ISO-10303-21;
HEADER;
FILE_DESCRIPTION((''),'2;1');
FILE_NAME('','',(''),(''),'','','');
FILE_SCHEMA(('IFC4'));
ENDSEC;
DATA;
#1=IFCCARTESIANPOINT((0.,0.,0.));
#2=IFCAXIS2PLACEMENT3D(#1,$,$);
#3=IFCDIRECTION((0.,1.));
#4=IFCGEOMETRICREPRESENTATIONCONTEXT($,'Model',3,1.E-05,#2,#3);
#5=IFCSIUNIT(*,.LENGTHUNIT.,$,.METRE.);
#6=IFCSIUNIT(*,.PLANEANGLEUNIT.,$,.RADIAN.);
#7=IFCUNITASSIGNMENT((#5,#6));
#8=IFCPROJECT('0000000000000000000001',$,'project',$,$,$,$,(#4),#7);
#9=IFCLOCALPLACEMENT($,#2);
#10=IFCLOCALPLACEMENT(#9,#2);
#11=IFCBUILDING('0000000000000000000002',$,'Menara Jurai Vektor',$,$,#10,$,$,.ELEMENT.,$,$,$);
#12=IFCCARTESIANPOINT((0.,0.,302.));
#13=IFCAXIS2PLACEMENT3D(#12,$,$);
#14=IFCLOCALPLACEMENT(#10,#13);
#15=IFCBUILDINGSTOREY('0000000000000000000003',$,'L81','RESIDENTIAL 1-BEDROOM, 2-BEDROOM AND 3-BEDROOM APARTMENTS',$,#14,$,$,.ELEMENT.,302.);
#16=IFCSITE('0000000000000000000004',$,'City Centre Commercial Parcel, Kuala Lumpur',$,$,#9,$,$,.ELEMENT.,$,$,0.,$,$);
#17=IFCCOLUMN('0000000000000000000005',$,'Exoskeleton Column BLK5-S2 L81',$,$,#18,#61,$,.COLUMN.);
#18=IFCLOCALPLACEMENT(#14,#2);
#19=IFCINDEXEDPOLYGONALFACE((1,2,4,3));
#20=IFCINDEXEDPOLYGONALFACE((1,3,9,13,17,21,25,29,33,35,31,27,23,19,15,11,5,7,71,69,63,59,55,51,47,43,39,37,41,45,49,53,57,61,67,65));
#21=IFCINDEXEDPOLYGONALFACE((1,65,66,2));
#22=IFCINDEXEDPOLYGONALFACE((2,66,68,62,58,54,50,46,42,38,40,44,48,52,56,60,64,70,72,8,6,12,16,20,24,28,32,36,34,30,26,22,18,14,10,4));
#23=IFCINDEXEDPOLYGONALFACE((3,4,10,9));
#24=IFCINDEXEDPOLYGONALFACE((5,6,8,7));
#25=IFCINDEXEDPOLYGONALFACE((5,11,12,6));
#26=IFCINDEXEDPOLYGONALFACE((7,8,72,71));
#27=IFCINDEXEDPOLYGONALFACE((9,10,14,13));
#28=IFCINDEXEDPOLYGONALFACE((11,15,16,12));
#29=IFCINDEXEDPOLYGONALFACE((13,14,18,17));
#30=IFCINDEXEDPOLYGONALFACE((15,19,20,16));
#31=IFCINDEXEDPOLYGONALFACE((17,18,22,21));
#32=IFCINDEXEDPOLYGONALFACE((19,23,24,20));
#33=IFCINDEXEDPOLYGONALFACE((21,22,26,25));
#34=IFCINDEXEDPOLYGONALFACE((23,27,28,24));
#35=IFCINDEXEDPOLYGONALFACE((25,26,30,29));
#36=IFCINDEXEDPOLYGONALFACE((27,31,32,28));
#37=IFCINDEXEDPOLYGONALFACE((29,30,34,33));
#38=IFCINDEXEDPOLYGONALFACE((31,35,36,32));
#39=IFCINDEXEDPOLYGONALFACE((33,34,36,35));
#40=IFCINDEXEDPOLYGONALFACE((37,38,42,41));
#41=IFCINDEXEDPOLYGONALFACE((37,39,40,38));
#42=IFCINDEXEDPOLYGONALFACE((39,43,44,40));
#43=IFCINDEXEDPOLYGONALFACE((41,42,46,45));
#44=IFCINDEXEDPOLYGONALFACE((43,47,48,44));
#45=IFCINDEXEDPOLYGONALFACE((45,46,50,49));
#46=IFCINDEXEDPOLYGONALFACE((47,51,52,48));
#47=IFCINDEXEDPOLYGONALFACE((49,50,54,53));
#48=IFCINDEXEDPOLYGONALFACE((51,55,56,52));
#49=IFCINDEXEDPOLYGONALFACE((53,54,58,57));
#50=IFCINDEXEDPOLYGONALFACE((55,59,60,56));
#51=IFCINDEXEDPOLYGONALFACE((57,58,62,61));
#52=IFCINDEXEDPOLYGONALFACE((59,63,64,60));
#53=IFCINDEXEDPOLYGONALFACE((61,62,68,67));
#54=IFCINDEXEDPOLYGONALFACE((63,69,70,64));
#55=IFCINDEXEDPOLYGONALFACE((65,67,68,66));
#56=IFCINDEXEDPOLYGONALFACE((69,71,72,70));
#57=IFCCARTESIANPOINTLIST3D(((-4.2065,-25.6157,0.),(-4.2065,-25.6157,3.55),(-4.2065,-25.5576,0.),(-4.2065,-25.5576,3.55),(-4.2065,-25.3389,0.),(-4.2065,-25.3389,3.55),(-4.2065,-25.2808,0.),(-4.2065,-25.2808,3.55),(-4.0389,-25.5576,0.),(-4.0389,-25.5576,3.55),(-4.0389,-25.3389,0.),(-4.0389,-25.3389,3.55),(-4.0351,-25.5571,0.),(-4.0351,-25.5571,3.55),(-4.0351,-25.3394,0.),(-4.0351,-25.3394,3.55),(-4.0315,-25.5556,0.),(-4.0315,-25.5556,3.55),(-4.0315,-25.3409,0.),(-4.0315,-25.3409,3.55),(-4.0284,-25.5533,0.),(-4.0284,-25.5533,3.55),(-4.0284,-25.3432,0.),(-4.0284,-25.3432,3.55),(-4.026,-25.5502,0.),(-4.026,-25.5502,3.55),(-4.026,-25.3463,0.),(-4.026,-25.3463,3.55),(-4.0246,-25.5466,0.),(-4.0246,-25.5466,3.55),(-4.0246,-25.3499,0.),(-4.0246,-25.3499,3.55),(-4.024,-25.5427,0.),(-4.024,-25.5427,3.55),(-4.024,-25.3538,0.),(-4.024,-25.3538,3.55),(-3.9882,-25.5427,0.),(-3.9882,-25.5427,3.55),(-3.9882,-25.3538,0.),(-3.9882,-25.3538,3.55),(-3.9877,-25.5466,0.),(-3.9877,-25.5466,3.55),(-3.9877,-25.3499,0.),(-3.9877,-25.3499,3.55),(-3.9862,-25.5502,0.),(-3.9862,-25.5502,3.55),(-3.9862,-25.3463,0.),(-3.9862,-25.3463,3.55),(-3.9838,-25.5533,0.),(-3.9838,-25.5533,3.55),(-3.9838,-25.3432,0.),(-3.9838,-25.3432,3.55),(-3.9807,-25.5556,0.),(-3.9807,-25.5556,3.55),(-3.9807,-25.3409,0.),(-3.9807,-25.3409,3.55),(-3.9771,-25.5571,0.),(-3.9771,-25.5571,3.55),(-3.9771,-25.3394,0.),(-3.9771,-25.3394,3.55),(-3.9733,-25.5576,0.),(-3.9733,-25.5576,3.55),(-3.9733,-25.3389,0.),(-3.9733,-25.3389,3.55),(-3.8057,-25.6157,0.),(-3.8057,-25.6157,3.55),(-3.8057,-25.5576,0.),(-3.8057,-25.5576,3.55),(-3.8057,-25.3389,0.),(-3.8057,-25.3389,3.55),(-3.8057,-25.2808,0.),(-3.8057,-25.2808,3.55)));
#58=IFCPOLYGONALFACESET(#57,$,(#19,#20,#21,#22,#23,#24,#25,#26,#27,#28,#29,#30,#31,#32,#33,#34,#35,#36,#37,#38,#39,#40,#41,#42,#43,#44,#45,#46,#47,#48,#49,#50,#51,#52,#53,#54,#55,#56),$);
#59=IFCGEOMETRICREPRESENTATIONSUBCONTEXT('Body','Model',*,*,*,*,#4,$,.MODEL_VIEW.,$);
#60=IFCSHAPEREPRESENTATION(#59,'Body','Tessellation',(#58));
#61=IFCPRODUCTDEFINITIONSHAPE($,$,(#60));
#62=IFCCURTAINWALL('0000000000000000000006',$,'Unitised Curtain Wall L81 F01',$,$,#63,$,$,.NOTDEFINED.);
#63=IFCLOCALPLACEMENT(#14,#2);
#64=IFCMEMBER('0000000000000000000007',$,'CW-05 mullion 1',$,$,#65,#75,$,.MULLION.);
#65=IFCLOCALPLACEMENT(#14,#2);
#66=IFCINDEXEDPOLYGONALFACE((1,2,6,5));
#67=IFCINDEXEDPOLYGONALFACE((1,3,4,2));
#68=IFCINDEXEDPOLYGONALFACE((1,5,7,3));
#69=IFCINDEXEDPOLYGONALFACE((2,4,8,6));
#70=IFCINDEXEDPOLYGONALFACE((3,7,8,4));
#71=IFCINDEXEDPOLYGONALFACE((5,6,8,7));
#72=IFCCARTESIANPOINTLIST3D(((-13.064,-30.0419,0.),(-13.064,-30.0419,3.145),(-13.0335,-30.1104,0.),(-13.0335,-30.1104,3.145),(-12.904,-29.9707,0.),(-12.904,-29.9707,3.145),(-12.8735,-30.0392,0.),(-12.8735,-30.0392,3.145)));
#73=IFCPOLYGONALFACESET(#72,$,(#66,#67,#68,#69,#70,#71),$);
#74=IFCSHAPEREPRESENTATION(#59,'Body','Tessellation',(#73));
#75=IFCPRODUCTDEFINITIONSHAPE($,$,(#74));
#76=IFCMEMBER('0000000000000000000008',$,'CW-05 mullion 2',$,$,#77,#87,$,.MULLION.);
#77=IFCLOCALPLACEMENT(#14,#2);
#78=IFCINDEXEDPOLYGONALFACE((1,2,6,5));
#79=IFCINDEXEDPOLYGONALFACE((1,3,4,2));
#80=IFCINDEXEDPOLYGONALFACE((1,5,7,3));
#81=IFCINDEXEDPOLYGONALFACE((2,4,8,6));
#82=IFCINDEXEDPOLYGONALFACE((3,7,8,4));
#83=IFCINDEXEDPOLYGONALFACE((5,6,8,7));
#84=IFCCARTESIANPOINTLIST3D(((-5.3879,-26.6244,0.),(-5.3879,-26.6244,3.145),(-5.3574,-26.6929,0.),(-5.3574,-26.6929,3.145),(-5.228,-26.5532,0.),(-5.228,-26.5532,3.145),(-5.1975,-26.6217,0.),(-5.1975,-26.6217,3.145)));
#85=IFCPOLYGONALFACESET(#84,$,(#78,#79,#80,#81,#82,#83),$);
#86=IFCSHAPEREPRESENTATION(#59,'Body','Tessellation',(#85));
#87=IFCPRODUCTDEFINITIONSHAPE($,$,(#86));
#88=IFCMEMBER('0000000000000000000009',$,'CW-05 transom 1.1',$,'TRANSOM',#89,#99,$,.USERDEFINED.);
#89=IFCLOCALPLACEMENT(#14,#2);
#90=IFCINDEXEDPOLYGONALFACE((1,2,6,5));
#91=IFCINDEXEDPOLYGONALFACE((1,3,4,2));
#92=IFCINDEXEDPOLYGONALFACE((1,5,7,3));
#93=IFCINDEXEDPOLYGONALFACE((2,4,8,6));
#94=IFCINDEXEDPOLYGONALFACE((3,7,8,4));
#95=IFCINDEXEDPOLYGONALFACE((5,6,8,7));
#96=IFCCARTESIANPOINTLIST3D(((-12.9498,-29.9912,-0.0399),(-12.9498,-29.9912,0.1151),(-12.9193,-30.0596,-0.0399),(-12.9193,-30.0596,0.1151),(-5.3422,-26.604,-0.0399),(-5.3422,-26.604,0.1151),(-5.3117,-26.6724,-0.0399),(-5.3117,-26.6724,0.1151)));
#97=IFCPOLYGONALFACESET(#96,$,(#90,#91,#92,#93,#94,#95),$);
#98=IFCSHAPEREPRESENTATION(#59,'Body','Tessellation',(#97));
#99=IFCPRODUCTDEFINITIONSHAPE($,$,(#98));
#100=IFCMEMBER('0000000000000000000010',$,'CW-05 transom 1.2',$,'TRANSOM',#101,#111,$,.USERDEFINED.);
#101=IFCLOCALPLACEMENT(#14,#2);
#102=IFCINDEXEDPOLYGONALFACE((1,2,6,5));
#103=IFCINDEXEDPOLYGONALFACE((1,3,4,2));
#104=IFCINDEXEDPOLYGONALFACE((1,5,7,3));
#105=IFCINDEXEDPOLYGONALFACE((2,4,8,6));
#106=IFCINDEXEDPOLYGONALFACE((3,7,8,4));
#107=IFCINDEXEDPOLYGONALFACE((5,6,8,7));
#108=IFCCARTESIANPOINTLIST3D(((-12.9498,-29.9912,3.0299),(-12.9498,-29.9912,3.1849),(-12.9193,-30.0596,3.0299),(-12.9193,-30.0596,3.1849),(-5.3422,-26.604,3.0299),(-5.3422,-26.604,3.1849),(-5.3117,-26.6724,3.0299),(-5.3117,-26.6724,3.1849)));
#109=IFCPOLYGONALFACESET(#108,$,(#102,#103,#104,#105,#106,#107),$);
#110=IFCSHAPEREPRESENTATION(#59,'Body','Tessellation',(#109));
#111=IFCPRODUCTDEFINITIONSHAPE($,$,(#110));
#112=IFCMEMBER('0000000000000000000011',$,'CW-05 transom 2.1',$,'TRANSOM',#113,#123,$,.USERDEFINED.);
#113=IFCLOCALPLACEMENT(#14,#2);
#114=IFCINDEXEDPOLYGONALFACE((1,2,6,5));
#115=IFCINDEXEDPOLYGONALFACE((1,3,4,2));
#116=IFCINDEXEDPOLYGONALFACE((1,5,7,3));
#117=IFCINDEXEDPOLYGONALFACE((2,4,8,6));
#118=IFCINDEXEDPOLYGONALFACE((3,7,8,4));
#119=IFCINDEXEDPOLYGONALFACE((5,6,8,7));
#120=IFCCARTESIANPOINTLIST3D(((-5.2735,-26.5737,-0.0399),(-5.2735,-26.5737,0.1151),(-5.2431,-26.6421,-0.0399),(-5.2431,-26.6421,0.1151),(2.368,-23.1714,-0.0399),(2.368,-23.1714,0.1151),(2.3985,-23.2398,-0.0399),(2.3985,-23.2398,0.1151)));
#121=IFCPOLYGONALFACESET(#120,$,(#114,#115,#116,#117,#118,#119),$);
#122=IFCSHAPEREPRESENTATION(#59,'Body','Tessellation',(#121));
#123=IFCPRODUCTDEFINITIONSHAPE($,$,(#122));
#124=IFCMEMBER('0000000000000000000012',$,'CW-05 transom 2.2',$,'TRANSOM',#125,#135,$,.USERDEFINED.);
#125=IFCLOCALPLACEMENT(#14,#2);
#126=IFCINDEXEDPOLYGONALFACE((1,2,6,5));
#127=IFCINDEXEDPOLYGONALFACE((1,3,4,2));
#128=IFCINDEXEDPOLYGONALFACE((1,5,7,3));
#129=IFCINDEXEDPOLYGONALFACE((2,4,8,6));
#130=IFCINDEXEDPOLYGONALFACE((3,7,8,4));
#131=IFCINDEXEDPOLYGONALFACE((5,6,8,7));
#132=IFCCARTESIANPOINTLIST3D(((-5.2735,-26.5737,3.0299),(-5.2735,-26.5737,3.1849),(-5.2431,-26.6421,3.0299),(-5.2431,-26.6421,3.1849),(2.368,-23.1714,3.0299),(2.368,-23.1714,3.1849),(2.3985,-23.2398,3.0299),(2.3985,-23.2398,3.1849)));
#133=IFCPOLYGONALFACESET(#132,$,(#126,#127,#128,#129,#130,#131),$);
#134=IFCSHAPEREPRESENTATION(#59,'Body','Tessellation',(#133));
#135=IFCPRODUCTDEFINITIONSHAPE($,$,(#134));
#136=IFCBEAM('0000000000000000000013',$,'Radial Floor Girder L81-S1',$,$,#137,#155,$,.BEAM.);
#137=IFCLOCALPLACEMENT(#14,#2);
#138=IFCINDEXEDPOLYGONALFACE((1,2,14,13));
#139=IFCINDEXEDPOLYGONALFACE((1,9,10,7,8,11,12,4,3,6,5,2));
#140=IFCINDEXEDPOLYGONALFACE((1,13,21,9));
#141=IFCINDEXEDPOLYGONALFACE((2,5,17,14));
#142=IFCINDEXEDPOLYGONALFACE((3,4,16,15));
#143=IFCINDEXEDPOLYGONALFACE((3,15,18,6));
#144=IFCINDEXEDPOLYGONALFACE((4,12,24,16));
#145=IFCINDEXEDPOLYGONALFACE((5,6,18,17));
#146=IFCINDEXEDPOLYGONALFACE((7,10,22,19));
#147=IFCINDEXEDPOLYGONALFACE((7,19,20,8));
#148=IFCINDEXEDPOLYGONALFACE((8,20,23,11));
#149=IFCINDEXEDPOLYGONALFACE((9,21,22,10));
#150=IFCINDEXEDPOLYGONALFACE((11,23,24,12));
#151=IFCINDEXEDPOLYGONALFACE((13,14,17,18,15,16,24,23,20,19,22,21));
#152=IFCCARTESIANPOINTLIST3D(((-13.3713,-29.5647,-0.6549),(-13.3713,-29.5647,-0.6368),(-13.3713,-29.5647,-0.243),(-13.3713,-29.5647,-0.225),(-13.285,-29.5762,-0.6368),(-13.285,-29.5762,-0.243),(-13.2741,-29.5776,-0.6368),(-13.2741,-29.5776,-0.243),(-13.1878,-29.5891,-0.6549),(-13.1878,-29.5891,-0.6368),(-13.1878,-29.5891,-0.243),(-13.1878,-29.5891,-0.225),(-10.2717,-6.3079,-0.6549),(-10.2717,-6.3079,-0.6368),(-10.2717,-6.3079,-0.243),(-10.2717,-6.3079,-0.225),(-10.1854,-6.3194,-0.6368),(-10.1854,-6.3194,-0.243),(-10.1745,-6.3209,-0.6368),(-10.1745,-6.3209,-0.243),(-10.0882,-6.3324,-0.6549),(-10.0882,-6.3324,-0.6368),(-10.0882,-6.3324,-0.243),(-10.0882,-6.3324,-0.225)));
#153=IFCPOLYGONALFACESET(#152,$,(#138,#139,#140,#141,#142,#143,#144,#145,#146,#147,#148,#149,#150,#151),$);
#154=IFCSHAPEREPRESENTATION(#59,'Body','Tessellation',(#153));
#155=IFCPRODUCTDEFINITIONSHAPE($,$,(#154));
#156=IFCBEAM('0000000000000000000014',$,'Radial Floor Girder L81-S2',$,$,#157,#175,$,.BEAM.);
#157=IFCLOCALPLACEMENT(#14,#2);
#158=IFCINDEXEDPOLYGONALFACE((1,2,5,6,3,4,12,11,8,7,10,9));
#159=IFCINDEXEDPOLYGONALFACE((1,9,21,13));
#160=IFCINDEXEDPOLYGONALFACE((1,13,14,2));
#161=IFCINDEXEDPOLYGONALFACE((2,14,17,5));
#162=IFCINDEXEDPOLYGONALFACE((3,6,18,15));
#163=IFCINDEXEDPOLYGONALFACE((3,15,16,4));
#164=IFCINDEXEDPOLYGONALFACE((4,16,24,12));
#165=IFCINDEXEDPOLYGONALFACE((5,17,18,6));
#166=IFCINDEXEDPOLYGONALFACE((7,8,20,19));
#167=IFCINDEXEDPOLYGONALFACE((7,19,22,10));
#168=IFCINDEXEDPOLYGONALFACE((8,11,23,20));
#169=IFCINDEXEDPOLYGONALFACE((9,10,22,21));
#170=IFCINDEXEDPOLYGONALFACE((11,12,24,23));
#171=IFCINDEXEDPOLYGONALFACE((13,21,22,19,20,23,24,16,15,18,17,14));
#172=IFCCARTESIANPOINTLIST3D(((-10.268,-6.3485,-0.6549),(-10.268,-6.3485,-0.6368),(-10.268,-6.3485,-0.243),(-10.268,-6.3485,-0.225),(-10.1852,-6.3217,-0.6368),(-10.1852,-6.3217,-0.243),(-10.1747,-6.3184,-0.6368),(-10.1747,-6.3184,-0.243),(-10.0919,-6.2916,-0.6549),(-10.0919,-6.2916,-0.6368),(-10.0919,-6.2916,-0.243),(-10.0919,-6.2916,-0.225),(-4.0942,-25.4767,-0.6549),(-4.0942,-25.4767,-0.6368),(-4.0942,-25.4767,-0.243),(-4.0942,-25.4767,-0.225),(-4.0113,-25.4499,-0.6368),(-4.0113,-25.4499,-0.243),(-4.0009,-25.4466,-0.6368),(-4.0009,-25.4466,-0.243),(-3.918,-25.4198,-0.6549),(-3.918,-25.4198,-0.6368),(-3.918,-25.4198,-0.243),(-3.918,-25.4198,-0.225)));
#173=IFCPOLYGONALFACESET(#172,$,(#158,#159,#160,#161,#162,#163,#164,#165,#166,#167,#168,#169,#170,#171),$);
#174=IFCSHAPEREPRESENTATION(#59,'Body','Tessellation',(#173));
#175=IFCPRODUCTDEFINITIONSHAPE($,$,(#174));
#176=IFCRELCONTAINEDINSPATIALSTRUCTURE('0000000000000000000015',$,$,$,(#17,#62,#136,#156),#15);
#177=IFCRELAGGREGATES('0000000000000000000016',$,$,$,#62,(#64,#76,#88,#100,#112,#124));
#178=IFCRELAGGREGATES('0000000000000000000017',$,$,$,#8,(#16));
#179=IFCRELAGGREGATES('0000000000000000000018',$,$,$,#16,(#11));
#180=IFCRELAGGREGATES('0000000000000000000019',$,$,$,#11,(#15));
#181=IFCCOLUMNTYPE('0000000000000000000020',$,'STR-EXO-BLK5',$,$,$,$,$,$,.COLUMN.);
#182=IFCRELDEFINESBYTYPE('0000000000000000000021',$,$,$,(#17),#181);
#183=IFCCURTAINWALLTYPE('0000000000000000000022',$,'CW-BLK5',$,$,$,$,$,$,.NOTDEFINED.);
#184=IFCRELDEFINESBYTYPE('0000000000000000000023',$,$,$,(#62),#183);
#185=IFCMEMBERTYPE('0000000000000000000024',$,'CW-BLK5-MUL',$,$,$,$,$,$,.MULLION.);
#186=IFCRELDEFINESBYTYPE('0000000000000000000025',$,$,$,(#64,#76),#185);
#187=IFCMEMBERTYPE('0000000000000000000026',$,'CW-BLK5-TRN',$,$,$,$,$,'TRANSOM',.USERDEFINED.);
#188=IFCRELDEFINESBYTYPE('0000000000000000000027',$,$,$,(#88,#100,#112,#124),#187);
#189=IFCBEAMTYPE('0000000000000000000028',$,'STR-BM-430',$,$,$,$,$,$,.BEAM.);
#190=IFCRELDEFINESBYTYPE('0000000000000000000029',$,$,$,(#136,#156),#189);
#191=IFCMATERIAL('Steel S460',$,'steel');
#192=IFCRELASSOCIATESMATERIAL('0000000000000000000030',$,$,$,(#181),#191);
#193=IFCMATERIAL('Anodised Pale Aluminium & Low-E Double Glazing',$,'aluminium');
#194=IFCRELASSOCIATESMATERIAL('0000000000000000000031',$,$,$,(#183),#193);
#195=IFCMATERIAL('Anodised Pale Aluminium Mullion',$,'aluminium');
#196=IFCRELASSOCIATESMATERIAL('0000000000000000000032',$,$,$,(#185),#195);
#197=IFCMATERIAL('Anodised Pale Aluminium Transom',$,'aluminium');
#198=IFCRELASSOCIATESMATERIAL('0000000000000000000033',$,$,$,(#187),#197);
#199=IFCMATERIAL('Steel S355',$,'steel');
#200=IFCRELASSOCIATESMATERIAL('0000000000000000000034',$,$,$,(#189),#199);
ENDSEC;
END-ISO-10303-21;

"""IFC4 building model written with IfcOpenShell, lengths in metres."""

from ifc_helpers import new_model, si_unit, direction, frame, origin, origin_2d, place, context, subcontext, project, spatial, rectangle, i_section, extrude, material, material_profile, profile_set, type_object, element, aggregate, save


model = new_model("IFC4")

# Units and contexts
model_context = context("Model", 3, precision=1e-05, world=origin(), true_north=direction((0.0, 1.0)))
body_context = subcontext(model_context, "Body", "Model", "MODEL_VIEW")
ifc_project = project(units=[si_unit("LENGTHUNIT", "METRE"), si_unit("PLANEANGLEUNIT", "RADIAN")], contexts=[model_context])

# Site, building, storey
site_placement = place(None, origin())
site = spatial("IfcSite", under=ifc_project, at=site_placement, Name="City Centre Commercial Parcel, Kuala Lumpur", CompositionType="ELEMENT", RefElevation=0.0)
building_placement = place(site_placement, origin())
building = spatial("IfcBuilding", under=site, at=building_placement, Name="Menara Jurai Vektor", CompositionType="ELEMENT")
storey_placement = place(building_placement, frame((0.0, 0.0, 302.0)))
storey = spatial("IfcBuildingStorey", under=building, at=storey_placement, Name="L81", Description="RESIDENTIAL 1-BEDROOM, 2-BEDROOM AND 3-BEDROOM APARTMENTS", CompositionType="ELEMENT", Elevation=302.0)

# Column
ifc_material_1 = material(Name="Steel S460", Category="steel")
ifc_material_profile_1 = material_profile(ifc_material_1, i_section(OverallWidth=0.4009, OverallDepth=0.335, WebThickness=0.0359, FlangeThickness=0.0581, FilletRadius=0.0149, at=origin_2d()), Name="HD 400x463")
ifc_profile_set_1 = profile_set([ifc_material_profile_1], Name="Steel S460")
column_type = type_object("IfcColumnType", Name="STR-EXO-BLK5", PredefinedType="COLUMN", material=ifc_profile_set_1)
column_placement = place(storey_placement, frame((-4.0061, -25.4482, 0.0), z_axis=(0.0, 0.0, 1.0), x_axis=(1.0, 0.0, 0.0)))
element("IfcColumn", 1, at=column_placement, inside=storey, type_object=column_type, Name="Exoskeleton Column BLK5-S2 L81", PredefinedType="COLUMN", context=body_context, shape_type="SweptSolid", body=[
    extrude(i_section(OverallWidth=0.4009, OverallDepth=0.335, WebThickness=0.0359, FlangeThickness=0.0581, FilletRadius=0.0149, at=origin_2d()), origin(), (0.0, 0.0, 1.0), 3.55),
])

# Curtain wall, members
ifc_material_2 = material(Name="Anodised Pale Aluminium & Low-E Double Glazing", Category="aluminium")
curtain_wall_type = type_object("IfcCurtainWallType", Name="CW-BLK5", PredefinedType="NOTDEFINED", material=ifc_material_2)
curtain_wall_placement = place(storey_placement, origin())
curtain_wall = element("IfcCurtainWall", 2, at=curtain_wall_placement, inside=storey, type_object=curtain_wall_type, Name="Unitised Curtain Wall L81 F01", PredefinedType="NOTDEFINED")
ifc_material_3 = material(Name="Anodised Pale Aluminium Mullion", Category="aluminium")
ifc_material_profile_2 = material_profile(ifc_material_3, rectangle(XDim=0.075, YDim=0.175, at=origin_2d()), Name="ALU MUL 75x175")
ifc_profile_set_2 = profile_set([ifc_material_profile_2], Name="Anodised Pale Aluminium Mullion")
member_type_1 = type_object("IfcMemberType", Name="CW-BLK5-MUL", PredefinedType="MULLION", material=ifc_profile_set_2)
member_1_placement = place(storey_placement, frame((-12.9688, -30.0405, 0.0), z_axis=(0.0, 0.0, 1.0), x_axis=(-0.406735, 0.913546, 0.0)))
member_1 = element("IfcMember", 3, at=member_1_placement, type_object=member_type_1, Name="CW-05 mullion 1", PredefinedType="MULLION", context=body_context, shape_type="SweptSolid", body=[
    extrude(rectangle(XDim=0.075, YDim=0.175, at=origin_2d()), origin(), (0.0, 0.0, 1.0), 3.145),
])
member_2_placement = place(storey_placement, frame((-5.2927, -26.623, 0.0), z_axis=(0.0, 0.0, 1.0), x_axis=(-0.406735, 0.913546, 0.0)))
member_2 = element("IfcMember", 4, at=member_2_placement, type_object=member_type_1, Name="CW-05 mullion 2", PredefinedType="MULLION", context=body_context, shape_type="SweptSolid", body=[
    extrude(rectangle(XDim=0.075, YDim=0.175, at=origin_2d()), origin(), (0.0, 0.0, 1.0), 3.145),
])
ifc_material_4 = material(Name="Anodised Pale Aluminium Transom", Category="aluminium")
ifc_material_profile_3 = material_profile(ifc_material_4, rectangle(XDim=0.075, YDim=0.155, at=origin_2d()), Name="ALU TRN 75x155")
ifc_profile_set_3 = profile_set([ifc_material_profile_3], Name="Anodised Pale Aluminium Transom")
member_type_2 = type_object("IfcMemberType", Name="CW-BLK5-TRN", ElementType="TRANSOM", PredefinedType="USERDEFINED", material=ifc_profile_set_3)
member_3_placement = place(storey_placement, frame((-12.9346, -30.0254, 0.0376), z_axis=(0.913543, 0.406742, 0.0), x_axis=(-0.406742, 0.913543, 0.0)))
member_3 = element("IfcMember", 5, at=member_3_placement, type_object=member_type_2, Name="CW-05 transom 1.1", ObjectType="TRANSOM", PredefinedType="USERDEFINED", context=body_context, shape_type="SweptSolid", body=[
    extrude(rectangle(XDim=0.075, YDim=0.155, at=origin_2d()), origin(), (0.0, 0.0, 1.0), 8.3276),
])
member_4_placement = place(storey_placement, frame((-12.9346, -30.0254, 3.1074), z_axis=(0.913543, 0.406742, 0.0), x_axis=(-0.406742, 0.913543, 0.0)))
member_4 = element("IfcMember", 6, at=member_4_placement, type_object=member_type_2, Name="CW-05 transom 1.2", ObjectType="TRANSOM", PredefinedType="USERDEFINED", context=body_context, shape_type="SweptSolid", body=[
    extrude(rectangle(XDim=0.075, YDim=0.155, at=origin_2d()), origin(), (0.0, 0.0, 1.0), 8.3276),
])
member_5_placement = place(storey_placement, frame((-5.2583, -26.6079, 0.0376), z_axis=(0.913542, 0.406745, 0.0), x_axis=(-0.406745, 0.913542, 0.0)))
member_5 = element("IfcMember", 7, at=member_5_placement, type_object=member_type_2, Name="CW-05 transom 2.1", ObjectType="TRANSOM", PredefinedType="USERDEFINED", context=body_context, shape_type="SweptSolid", body=[
    extrude(rectangle(XDim=0.075, YDim=0.155, at=origin_2d()), origin(), (0.0, 0.0, 1.0), 8.3647),
])
member_6_placement = place(storey_placement, frame((-5.2583, -26.6079, 3.1074), z_axis=(0.913542, 0.406745, 0.0), x_axis=(-0.406745, 0.913542, 0.0)))
member_6 = element("IfcMember", 8, at=member_6_placement, type_object=member_type_2, Name="CW-05 transom 2.2", ObjectType="TRANSOM", PredefinedType="USERDEFINED", context=body_context, shape_type="SweptSolid", body=[
    extrude(rectangle(XDim=0.075, YDim=0.155, at=origin_2d()), origin(), (0.0, 0.0, 1.0), 8.3647),
])

# Beams
ifc_material_5 = material(Name="Steel S355", Category="steel")
ifc_material_profile_4 = material_profile(ifc_material_5, i_section(OverallWidth=0.1851, OverallDepth=0.4299, WebThickness=0.011, FlangeThickness=0.0181, at=origin_2d()), Name="PG 430x185x76")
ifc_profile_set_4 = profile_set([ifc_material_profile_4], Name="Steel S355")
beam_type_1 = type_object("IfcBeamType", Name="STR-BM-430", PredefinedType="BEAM", material=ifc_profile_set_4)
beam_1_placement = place(storey_placement, frame((-13.2795, -29.5769, -0.4399), z_axis=(0.132109, 0.991235, 0.0), x_axis=(-0.991235, 0.132109, 0.0)))
element("IfcBeam", 9, at=beam_1_placement, inside=storey, type_object=beam_type_1, Name="Radial Floor Girder L81-S1", PredefinedType="BEAM", context=body_context, shape_type="SweptSolid", body=[
    extrude(i_section(OverallWidth=0.1851, OverallDepth=0.4299, WebThickness=0.011, FlangeThickness=0.0181, at=origin_2d()), origin(), (0.0, 0.0, 1.0), 23.4624),
])
beam_2_placement = place(storey_placement, frame((-4.0061, -25.4482, -0.4399), z_axis=(-0.307158, 0.951658, 0.0), x_axis=(-0.951658, -0.307158, 0.0)))
element("IfcBeam", 10, at=beam_2_placement, inside=storey, type_object=beam_type_1, Name="Radial Floor Girder L81-S2", PredefinedType="BEAM", context=body_context, shape_type="SweptSolid", body=[
    extrude(i_section(OverallWidth=0.1851, OverallDepth=0.4299, WebThickness=0.011, FlangeThickness=0.0181, at=origin_2d()), origin(), (0.0, 0.0, 1.0), 20.0999),
])

aggregate(curtain_wall, [member_1, member_2, member_3, member_4, member_5, member_6])

save(model, "model.ifc")
